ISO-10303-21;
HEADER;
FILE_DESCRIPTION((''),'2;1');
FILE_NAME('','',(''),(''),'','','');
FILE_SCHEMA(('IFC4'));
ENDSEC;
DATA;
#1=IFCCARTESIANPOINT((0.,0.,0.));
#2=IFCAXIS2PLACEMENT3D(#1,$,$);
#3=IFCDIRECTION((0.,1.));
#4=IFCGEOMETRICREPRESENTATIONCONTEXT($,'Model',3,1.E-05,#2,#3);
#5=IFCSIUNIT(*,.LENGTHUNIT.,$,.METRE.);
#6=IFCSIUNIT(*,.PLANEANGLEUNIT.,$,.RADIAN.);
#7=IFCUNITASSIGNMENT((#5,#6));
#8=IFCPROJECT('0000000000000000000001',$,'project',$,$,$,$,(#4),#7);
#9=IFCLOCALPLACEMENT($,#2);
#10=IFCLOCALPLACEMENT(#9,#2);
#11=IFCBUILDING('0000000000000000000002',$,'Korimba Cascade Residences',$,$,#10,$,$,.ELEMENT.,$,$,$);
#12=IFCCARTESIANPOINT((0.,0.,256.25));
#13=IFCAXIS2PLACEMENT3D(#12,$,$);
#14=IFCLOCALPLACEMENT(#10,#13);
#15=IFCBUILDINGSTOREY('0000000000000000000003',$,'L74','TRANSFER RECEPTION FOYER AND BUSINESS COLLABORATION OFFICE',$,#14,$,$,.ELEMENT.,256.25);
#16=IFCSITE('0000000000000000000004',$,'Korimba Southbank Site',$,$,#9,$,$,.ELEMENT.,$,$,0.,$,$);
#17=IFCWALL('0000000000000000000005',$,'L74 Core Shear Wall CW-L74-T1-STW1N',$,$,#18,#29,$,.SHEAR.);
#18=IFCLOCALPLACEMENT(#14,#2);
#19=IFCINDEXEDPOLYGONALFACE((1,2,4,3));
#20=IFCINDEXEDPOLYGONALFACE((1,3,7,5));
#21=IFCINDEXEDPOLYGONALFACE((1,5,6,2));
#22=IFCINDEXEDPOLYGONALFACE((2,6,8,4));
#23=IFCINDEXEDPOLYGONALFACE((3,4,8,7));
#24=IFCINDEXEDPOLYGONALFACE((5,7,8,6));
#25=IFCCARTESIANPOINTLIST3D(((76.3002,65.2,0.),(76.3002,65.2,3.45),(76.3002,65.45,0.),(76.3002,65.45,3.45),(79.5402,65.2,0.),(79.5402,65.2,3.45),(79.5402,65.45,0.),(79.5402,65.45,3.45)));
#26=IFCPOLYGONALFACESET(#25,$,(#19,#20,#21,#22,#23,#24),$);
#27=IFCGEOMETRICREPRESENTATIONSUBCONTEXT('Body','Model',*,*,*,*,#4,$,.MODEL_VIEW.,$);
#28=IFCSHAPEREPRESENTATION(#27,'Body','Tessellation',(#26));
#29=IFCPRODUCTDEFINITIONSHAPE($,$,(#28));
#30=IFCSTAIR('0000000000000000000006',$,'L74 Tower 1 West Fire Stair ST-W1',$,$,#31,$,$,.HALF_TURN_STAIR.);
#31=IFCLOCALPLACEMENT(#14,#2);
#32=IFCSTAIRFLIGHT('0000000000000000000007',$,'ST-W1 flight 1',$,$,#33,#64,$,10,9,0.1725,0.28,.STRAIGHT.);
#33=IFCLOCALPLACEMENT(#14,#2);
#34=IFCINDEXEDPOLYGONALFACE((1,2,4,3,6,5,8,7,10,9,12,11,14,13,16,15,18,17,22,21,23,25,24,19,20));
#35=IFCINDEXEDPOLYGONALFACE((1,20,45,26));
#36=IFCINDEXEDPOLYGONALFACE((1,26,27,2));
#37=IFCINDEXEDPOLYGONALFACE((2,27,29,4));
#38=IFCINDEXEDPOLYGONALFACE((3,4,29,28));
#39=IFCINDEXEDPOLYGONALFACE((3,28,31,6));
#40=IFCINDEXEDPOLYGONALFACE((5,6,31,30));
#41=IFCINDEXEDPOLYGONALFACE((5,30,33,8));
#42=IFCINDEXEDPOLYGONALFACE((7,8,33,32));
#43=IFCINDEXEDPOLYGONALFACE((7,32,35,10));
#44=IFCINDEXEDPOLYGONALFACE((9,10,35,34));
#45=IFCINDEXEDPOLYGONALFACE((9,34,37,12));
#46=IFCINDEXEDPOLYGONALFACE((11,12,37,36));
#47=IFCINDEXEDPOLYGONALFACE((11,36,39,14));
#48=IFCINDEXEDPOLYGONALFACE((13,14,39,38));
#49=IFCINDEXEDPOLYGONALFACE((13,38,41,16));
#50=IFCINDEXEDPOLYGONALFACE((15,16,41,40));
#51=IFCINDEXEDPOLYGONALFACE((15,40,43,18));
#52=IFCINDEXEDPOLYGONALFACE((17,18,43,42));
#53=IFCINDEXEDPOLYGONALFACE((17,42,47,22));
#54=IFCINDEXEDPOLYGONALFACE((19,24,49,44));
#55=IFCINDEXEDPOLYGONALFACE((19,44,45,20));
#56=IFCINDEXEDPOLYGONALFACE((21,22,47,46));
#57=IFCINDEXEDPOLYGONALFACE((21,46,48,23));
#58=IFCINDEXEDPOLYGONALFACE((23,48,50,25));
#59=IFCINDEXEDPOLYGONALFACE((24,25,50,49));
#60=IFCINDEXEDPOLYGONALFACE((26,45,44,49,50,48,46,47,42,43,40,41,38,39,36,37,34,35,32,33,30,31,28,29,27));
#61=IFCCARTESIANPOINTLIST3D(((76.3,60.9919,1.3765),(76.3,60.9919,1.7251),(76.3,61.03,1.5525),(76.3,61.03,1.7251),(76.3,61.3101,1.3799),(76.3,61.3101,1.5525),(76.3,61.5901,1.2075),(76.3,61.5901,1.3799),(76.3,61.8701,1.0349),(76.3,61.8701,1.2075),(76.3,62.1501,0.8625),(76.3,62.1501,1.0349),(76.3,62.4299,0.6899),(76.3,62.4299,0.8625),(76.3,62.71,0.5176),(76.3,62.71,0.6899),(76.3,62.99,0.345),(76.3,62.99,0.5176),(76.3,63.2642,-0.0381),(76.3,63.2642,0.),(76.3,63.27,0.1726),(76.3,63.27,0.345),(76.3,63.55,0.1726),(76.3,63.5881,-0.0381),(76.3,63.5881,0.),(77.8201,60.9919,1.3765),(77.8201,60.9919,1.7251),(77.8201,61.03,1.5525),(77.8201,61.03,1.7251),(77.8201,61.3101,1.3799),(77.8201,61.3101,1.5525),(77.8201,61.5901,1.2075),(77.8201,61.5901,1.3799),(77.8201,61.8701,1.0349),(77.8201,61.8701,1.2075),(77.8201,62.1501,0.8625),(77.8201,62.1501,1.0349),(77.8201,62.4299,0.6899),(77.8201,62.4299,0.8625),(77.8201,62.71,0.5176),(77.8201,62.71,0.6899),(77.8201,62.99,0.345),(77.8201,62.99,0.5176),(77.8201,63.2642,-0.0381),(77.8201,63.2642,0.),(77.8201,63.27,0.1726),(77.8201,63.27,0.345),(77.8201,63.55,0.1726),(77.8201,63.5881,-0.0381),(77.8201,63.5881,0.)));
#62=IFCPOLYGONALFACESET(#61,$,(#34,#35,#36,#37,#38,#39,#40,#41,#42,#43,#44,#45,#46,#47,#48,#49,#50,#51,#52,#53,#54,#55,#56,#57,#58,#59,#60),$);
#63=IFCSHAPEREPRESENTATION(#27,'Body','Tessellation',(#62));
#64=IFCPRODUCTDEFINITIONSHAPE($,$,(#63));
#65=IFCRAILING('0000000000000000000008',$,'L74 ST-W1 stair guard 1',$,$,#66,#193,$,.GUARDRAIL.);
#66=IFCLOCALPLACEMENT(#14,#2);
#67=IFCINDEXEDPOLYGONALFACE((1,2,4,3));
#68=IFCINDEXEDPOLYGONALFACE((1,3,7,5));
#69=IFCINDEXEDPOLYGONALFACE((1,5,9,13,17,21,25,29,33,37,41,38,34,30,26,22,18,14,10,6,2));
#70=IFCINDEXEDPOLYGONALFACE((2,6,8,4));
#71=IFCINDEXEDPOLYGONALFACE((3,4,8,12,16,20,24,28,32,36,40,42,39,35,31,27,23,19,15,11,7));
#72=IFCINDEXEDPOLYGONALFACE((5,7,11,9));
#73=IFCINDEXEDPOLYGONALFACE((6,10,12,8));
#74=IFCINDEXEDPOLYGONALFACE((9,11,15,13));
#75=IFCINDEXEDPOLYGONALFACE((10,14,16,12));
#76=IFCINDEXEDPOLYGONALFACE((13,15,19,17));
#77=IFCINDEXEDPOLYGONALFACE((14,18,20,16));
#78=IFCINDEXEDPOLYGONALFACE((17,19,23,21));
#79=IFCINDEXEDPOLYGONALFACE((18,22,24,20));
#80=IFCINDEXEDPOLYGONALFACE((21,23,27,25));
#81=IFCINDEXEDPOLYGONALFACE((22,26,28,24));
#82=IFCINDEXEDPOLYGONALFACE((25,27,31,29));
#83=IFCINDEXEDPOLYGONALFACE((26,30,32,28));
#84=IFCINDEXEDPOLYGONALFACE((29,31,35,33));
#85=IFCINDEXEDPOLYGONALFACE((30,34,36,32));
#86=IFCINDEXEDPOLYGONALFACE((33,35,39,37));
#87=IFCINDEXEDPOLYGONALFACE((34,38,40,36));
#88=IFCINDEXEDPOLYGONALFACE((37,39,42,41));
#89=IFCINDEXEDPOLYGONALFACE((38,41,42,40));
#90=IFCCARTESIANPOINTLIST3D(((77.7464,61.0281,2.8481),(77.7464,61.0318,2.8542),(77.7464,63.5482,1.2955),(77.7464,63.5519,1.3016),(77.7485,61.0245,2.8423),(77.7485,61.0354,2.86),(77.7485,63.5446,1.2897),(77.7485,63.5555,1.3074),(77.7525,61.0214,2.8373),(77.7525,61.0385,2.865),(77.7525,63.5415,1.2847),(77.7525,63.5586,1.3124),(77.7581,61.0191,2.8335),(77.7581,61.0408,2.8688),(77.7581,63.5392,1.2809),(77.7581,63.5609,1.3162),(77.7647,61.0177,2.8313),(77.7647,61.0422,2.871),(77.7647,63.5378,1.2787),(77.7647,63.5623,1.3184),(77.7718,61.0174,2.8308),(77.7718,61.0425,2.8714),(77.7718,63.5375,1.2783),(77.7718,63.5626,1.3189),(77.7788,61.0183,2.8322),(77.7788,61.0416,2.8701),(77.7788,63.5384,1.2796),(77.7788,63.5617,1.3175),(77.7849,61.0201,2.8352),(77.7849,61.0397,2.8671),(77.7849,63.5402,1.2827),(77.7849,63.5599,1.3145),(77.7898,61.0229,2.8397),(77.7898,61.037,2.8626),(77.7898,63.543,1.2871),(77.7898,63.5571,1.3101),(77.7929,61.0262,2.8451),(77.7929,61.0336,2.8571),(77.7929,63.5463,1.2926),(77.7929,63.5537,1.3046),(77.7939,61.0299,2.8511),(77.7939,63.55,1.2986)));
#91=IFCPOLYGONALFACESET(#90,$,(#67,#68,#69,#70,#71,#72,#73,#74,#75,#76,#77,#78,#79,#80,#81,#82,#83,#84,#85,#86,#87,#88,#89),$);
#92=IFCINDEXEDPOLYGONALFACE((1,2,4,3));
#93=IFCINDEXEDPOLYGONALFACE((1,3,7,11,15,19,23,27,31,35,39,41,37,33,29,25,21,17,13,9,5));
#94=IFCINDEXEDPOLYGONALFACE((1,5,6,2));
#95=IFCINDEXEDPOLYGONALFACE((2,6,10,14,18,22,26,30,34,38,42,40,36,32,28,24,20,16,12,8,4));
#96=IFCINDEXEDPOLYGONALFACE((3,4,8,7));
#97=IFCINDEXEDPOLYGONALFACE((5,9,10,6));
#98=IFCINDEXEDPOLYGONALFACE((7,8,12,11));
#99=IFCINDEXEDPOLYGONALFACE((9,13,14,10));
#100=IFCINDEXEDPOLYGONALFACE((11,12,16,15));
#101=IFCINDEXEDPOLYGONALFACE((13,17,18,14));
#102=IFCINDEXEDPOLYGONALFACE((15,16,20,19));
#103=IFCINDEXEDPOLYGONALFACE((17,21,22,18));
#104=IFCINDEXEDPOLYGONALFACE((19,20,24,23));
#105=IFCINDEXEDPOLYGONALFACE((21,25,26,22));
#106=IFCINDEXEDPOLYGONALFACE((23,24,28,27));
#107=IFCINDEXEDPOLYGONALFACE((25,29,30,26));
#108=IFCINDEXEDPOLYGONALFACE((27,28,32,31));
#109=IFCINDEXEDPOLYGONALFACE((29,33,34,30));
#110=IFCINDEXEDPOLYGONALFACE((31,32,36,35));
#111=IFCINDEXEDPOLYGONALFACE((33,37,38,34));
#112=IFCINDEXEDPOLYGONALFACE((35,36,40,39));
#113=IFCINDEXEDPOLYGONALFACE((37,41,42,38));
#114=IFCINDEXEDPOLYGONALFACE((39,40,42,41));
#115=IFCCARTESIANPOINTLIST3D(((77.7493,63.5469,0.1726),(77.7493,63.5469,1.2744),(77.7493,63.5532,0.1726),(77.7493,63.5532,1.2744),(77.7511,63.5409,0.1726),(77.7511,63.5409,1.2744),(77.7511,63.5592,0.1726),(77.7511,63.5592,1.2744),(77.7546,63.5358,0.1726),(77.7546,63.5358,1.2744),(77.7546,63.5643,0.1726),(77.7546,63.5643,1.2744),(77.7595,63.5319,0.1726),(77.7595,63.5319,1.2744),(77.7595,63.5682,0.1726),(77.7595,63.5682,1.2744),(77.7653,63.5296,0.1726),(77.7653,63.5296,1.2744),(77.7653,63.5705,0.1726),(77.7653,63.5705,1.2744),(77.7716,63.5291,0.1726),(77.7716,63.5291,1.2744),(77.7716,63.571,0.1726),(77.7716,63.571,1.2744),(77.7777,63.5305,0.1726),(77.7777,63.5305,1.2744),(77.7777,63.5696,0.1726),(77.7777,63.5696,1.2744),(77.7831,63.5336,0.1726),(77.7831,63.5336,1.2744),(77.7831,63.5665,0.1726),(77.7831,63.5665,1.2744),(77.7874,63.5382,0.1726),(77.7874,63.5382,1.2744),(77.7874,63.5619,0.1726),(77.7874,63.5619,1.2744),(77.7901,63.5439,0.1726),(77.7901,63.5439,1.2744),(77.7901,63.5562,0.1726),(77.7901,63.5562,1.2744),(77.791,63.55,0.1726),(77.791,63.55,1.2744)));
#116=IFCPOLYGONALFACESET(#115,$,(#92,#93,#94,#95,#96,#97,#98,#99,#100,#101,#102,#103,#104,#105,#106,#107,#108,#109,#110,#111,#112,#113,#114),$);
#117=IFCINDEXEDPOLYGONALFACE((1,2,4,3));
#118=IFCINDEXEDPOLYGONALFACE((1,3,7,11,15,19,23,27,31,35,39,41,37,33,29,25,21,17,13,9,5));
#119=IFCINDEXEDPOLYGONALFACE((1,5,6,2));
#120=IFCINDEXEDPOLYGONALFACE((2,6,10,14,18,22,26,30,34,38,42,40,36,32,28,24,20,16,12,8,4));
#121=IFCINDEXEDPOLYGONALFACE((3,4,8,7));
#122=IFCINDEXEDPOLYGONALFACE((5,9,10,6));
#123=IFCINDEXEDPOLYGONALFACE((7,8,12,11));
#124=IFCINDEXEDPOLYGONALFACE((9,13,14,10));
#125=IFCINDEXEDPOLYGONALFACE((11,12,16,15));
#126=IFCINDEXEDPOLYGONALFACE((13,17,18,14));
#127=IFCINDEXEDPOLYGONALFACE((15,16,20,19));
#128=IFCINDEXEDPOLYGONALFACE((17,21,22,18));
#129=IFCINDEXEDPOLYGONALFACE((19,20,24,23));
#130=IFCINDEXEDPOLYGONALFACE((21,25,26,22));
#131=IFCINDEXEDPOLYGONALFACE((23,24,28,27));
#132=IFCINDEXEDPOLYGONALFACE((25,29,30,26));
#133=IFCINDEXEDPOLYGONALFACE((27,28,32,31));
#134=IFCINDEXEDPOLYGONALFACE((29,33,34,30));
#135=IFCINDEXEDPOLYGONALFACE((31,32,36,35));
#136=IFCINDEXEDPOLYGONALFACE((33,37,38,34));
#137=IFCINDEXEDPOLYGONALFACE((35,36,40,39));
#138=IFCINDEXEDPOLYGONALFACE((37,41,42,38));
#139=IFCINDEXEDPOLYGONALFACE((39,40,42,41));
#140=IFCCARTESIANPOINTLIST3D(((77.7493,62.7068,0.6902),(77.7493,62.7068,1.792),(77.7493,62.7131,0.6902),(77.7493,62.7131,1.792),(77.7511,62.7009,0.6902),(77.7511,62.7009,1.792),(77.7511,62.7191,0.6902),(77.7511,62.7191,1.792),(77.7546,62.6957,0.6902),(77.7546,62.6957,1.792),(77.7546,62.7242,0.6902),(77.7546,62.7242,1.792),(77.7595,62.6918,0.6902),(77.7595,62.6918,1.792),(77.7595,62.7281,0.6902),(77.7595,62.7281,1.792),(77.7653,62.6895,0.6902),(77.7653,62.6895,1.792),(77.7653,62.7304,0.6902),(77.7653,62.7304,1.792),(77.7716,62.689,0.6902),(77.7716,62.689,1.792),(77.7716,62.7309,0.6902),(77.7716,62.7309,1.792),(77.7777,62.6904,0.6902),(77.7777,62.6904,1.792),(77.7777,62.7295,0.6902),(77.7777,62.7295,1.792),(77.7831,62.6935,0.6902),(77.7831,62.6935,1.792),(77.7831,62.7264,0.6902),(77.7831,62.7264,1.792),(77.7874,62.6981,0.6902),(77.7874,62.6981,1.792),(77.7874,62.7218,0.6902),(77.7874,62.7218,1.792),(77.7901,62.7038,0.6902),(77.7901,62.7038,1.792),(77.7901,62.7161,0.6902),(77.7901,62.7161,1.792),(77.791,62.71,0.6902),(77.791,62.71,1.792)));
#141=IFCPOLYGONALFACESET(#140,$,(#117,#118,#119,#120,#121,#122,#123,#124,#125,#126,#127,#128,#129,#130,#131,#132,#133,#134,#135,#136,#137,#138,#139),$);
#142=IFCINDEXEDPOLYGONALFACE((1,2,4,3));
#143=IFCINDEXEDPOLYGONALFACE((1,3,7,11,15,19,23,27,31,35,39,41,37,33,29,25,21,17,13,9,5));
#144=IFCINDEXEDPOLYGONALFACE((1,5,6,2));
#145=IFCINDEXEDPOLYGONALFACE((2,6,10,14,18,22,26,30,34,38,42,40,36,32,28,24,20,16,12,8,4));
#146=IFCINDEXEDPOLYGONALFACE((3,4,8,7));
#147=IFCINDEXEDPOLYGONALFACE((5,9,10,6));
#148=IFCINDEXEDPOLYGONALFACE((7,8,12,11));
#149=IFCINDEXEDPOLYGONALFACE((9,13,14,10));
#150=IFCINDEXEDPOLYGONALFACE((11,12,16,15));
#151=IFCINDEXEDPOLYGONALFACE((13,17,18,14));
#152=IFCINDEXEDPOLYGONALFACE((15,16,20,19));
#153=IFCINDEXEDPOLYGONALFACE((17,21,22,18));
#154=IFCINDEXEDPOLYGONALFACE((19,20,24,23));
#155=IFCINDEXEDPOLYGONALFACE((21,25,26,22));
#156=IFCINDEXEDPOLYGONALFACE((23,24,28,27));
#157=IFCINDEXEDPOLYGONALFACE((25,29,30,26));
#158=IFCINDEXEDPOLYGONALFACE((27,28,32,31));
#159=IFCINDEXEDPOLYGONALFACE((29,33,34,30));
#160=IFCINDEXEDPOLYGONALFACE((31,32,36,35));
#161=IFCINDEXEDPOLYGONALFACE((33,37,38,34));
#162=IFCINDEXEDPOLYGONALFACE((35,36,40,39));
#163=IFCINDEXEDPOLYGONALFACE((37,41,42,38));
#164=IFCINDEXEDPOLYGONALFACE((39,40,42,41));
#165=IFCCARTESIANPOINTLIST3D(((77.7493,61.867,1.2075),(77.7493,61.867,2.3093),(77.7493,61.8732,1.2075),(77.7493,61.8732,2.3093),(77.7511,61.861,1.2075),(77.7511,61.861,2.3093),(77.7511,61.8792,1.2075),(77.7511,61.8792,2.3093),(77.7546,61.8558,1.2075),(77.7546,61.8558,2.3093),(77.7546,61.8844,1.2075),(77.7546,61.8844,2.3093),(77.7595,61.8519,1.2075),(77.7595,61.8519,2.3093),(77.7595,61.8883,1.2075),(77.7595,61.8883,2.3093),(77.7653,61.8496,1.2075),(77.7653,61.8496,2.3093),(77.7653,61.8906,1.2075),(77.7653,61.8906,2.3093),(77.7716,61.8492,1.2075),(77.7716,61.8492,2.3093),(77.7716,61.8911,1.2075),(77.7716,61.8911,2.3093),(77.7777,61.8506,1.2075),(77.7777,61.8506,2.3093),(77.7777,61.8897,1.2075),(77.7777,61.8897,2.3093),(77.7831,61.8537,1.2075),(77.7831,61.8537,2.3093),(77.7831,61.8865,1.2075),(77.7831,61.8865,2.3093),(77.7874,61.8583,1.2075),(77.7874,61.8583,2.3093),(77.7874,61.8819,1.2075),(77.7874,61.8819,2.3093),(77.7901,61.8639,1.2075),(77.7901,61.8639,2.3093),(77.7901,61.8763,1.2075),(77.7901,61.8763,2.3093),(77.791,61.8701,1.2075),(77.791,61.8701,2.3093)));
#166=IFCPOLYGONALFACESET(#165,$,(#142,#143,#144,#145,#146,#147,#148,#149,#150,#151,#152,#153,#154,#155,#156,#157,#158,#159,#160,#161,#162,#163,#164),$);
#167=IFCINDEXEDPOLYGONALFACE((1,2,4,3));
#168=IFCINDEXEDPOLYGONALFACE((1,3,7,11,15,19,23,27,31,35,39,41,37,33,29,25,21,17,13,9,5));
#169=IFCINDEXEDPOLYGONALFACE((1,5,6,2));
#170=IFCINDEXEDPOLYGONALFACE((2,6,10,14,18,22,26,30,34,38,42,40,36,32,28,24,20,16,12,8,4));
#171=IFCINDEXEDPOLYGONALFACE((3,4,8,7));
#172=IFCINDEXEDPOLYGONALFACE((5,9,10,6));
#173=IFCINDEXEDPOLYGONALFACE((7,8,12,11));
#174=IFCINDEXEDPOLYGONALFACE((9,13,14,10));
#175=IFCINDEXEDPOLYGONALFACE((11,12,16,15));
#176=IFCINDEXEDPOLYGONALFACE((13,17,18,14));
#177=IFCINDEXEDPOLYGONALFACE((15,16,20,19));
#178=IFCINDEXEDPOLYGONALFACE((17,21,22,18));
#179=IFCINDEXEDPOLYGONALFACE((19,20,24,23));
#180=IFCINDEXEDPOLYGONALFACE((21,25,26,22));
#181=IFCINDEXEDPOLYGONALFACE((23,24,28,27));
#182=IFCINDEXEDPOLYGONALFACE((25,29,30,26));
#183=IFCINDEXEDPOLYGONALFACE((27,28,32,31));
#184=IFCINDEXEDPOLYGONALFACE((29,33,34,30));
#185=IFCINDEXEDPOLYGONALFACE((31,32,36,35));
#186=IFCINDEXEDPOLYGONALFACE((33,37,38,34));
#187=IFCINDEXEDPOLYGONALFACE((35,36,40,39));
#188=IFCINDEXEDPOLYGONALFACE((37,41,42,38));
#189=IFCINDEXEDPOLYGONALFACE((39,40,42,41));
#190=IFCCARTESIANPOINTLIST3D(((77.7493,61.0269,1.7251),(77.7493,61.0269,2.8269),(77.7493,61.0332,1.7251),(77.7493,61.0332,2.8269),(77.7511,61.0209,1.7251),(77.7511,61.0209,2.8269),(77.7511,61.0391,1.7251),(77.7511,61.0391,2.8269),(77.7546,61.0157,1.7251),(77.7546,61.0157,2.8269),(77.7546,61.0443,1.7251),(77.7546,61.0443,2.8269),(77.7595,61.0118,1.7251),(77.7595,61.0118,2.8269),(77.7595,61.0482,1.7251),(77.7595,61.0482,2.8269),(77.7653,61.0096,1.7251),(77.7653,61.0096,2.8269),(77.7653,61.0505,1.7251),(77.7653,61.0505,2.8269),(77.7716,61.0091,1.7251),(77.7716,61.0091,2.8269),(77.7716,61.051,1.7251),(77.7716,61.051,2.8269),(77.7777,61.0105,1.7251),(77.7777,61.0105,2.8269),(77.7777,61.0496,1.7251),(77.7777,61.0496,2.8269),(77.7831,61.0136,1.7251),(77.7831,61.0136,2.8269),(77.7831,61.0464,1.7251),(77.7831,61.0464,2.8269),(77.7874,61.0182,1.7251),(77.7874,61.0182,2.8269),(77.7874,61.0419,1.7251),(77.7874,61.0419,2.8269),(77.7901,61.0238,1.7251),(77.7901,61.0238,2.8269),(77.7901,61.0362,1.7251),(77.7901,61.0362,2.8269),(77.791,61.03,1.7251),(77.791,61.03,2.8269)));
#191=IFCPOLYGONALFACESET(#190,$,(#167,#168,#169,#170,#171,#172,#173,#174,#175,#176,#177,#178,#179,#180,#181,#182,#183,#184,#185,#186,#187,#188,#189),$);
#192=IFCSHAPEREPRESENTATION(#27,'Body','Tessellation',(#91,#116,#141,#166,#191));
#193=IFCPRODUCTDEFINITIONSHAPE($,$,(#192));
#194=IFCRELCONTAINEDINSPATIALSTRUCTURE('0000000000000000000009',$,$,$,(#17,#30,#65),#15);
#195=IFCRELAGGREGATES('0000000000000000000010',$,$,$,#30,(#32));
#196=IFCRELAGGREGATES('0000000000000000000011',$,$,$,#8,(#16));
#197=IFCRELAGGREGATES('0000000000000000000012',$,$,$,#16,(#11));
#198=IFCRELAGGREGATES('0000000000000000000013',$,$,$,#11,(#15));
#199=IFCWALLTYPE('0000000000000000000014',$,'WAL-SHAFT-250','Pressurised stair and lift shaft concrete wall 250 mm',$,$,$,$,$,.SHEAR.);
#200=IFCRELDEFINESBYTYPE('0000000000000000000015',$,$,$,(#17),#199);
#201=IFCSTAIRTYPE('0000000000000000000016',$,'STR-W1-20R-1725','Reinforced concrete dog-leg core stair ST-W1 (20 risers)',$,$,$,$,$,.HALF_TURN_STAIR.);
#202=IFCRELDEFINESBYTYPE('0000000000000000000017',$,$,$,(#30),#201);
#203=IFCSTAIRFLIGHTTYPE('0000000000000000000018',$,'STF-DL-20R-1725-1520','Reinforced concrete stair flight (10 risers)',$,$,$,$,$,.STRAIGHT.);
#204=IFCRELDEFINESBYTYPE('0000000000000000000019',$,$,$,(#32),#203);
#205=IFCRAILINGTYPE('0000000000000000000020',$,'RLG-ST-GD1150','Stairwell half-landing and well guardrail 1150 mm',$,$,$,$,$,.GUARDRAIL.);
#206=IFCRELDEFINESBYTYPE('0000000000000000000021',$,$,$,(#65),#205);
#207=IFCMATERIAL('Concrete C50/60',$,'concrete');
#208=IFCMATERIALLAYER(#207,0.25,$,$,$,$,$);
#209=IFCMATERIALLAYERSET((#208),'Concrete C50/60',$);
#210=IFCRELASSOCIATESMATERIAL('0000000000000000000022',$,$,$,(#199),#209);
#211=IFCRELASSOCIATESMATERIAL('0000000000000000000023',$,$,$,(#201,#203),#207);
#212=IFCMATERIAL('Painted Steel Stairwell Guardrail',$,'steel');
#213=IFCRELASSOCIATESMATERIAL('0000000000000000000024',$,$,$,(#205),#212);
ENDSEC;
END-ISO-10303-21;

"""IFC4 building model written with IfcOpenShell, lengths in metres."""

from ifc_helpers import new_model, si_unit, direction, frame, frame_2d, origin, origin_2d, place, context, subcontext, project, spatial, polyline, rectangle, circle, outline, extrude, material, layer, layer_set, type_object, element, aggregate, save


model = new_model("IFC4")

# Units and contexts
model_context = context("Model", 3, precision=1e-05, world=origin(), true_north=direction((0.0, 1.0)))
body_context = subcontext(model_context, "Body", "Model", "MODEL_VIEW")
ifc_project = project(units=[si_unit("LENGTHUNIT", "METRE"), si_unit("PLANEANGLEUNIT", "RADIAN")], contexts=[model_context])

# Site, building, storey
site_placement = place(None, origin())
site = spatial("IfcSite", under=ifc_project, at=site_placement, Name="Korimba Southbank Site", CompositionType="ELEMENT", RefElevation=0.0)
building_placement = place(site_placement, origin())
building = spatial("IfcBuilding", under=site, at=building_placement, Name="Korimba Cascade Residences", CompositionType="ELEMENT")
storey_placement = place(building_placement, frame((0.0, 0.0, 256.25)))
storey = spatial("IfcBuildingStorey", under=building, at=storey_placement, Name="L74", Description="TRANSFER RECEPTION FOYER AND BUSINESS COLLABORATION OFFICE", CompositionType="ELEMENT", Elevation=256.25)

# Shared definitions
ifc_material_1 = material(Name="Concrete C50/60", Category="concrete")

# Wall
ifc_layer_1 = layer(ifc_material_1, 0.25)
ifc_layer_set_1 = layer_set([ifc_layer_1], Name="Concrete C50/60")
wall_type_1 = type_object("IfcWallType", Name="WAL-SHAFT-250", Description="Pressurised stair and lift shaft concrete wall 250 mm", PredefinedType="SHEAR", material=ifc_layer_set_1)
for number, where, z_axis, x_axis, name in (
    (1, (76.3, 65.325, 0.0), (0.0, 0.0, 1.0), (1.0, 0.0, 0.0), "L74 Core Shear Wall CW-L74-T1-STW1N"),
):
    element("IfcWall", number, at=place(storey_placement, frame(where, z_axis=z_axis, x_axis=x_axis)), inside=storey, type_object=wall_type_1, Name=name, PredefinedType="SHEAR", context=body_context, shape_type="SweptSolid", body=[
        extrude(rectangle(XDim=3.24, YDim=0.25, at=frame_2d((1.6201, 0.0))), origin(), (0.0, 0.0, 1.0), 3.45),
    ])

# Stair, stair flight
stair_type = type_object("IfcStairType", Name="STR-W1-20R-1725", Description="Reinforced concrete dog-leg core stair ST-W1 (20 risers)", PredefinedType="HALF_TURN_STAIR", material=ifc_material_1)
stair_placement = place(storey_placement, origin())
stair = element("IfcStair", 2, at=stair_placement, inside=storey, type_object=stair_type, Name="L74 Tower 1 West Fire Stair ST-W1", PredefinedType="HALF_TURN_STAIR")
stair_flight_type = type_object("IfcStairFlightType", Name="STF-DL-20R-1725-1520", Description="Reinforced concrete stair flight (10 risers)", PredefinedType="STRAIGHT", material=ifc_material_1)
stair_flight_placement = place(storey_placement, frame((77.0601, 63.55, 0.0), z_axis=(0.0, 0.0, 1.0), x_axis=(0.0, -1.0, 0.0)))
stair_flight = element("IfcStairFlight", 3, at=stair_flight_placement, type_object=stair_flight_type, Name="ST-W1 flight 1", NumberOfRisers=10, NumberOfTreads=9, PredefinedType="STRAIGHT", RiserHeight=0.1725, TreadLength=0.28, context=body_context, shape_type="SweptSolid", body=[
    extrude(outline(polyline([(-0.0381, 0.0), (0.0, 0.1726), (0.28, 0.1726), (0.28, 0.345), (0.5601, 0.345), (0.5601, 0.5176), (0.8401, 0.5176), (0.8401, 0.6899), (1.1201, 0.6899), (1.1201, 0.8625), (1.3999, 0.8625), (1.3999, 1.0349), (1.6799, 1.0349), (1.6799, 1.2075), (1.96, 1.2075), (1.96, 1.3799), (2.24, 1.3799), (2.24, 1.5525), (2.52, 1.5525), (2.52, 1.7251), (2.5581, 1.7251), (2.5581, 1.3765), (0.2859, 0.0), (0.2859, -0.0381), (-0.0381, -0.0381), (-0.0381, 0.0)])), frame((0.0, 0.76, 0.0), z_axis=(0.0, -1.0, 0.0), x_axis=(1.0, 0.0, 0.0)), (0.0, 0.0, 1.0), 1.52),
])
aggregate(stair, [stair_flight])

# Railing
ifc_material_2 = material(Name="Painted Steel Stairwell Guardrail", Category="steel")
railing_type_1 = type_object("IfcRailingType", Name="RLG-ST-GD1150", Description="Stairwell half-landing and well guardrail 1150 mm", PredefinedType="GUARDRAIL", material=ifc_material_2)
railing_1_placement = place(storey_placement, frame((77.77, 63.55, 0.1726)))
element("IfcRailing", 4, at=railing_1_placement, inside=storey, type_object=railing_type_1, Name="L74 ST-W1 stair guard 1", PredefinedType="GUARDRAIL", context=body_context, shape_type="SweptSolid", body=[
    extrude(circle(Radius=0.0239, at=origin_2d()), frame((0.0, 0.0, 1.126), z_axis=(0.0, -0.8514, 0.524516), x_axis=(1.0, 0.0, 0.0)), (0.0, 0.0, 1.0), 2.96),
    extrude(circle(Radius=0.021, at=origin_2d()), origin(), (0.0, 0.0, 1.0), 1.1018),
    extrude(circle(Radius=0.021, at=origin_2d()), frame((0.0, -0.8401, 0.5176)), (0.0, 0.0, 1.0), 1.1018),
    extrude(circle(Radius=0.021, at=origin_2d()), frame((0.0, -1.6799, 1.0349)), (0.0, 0.0, 1.0), 1.1018),
    extrude(circle(Radius=0.021, at=origin_2d()), frame((0.0, -2.52, 1.5525)), (0.0, 0.0, 1.0), 1.1018),
])

save(model, "model.ifc")
